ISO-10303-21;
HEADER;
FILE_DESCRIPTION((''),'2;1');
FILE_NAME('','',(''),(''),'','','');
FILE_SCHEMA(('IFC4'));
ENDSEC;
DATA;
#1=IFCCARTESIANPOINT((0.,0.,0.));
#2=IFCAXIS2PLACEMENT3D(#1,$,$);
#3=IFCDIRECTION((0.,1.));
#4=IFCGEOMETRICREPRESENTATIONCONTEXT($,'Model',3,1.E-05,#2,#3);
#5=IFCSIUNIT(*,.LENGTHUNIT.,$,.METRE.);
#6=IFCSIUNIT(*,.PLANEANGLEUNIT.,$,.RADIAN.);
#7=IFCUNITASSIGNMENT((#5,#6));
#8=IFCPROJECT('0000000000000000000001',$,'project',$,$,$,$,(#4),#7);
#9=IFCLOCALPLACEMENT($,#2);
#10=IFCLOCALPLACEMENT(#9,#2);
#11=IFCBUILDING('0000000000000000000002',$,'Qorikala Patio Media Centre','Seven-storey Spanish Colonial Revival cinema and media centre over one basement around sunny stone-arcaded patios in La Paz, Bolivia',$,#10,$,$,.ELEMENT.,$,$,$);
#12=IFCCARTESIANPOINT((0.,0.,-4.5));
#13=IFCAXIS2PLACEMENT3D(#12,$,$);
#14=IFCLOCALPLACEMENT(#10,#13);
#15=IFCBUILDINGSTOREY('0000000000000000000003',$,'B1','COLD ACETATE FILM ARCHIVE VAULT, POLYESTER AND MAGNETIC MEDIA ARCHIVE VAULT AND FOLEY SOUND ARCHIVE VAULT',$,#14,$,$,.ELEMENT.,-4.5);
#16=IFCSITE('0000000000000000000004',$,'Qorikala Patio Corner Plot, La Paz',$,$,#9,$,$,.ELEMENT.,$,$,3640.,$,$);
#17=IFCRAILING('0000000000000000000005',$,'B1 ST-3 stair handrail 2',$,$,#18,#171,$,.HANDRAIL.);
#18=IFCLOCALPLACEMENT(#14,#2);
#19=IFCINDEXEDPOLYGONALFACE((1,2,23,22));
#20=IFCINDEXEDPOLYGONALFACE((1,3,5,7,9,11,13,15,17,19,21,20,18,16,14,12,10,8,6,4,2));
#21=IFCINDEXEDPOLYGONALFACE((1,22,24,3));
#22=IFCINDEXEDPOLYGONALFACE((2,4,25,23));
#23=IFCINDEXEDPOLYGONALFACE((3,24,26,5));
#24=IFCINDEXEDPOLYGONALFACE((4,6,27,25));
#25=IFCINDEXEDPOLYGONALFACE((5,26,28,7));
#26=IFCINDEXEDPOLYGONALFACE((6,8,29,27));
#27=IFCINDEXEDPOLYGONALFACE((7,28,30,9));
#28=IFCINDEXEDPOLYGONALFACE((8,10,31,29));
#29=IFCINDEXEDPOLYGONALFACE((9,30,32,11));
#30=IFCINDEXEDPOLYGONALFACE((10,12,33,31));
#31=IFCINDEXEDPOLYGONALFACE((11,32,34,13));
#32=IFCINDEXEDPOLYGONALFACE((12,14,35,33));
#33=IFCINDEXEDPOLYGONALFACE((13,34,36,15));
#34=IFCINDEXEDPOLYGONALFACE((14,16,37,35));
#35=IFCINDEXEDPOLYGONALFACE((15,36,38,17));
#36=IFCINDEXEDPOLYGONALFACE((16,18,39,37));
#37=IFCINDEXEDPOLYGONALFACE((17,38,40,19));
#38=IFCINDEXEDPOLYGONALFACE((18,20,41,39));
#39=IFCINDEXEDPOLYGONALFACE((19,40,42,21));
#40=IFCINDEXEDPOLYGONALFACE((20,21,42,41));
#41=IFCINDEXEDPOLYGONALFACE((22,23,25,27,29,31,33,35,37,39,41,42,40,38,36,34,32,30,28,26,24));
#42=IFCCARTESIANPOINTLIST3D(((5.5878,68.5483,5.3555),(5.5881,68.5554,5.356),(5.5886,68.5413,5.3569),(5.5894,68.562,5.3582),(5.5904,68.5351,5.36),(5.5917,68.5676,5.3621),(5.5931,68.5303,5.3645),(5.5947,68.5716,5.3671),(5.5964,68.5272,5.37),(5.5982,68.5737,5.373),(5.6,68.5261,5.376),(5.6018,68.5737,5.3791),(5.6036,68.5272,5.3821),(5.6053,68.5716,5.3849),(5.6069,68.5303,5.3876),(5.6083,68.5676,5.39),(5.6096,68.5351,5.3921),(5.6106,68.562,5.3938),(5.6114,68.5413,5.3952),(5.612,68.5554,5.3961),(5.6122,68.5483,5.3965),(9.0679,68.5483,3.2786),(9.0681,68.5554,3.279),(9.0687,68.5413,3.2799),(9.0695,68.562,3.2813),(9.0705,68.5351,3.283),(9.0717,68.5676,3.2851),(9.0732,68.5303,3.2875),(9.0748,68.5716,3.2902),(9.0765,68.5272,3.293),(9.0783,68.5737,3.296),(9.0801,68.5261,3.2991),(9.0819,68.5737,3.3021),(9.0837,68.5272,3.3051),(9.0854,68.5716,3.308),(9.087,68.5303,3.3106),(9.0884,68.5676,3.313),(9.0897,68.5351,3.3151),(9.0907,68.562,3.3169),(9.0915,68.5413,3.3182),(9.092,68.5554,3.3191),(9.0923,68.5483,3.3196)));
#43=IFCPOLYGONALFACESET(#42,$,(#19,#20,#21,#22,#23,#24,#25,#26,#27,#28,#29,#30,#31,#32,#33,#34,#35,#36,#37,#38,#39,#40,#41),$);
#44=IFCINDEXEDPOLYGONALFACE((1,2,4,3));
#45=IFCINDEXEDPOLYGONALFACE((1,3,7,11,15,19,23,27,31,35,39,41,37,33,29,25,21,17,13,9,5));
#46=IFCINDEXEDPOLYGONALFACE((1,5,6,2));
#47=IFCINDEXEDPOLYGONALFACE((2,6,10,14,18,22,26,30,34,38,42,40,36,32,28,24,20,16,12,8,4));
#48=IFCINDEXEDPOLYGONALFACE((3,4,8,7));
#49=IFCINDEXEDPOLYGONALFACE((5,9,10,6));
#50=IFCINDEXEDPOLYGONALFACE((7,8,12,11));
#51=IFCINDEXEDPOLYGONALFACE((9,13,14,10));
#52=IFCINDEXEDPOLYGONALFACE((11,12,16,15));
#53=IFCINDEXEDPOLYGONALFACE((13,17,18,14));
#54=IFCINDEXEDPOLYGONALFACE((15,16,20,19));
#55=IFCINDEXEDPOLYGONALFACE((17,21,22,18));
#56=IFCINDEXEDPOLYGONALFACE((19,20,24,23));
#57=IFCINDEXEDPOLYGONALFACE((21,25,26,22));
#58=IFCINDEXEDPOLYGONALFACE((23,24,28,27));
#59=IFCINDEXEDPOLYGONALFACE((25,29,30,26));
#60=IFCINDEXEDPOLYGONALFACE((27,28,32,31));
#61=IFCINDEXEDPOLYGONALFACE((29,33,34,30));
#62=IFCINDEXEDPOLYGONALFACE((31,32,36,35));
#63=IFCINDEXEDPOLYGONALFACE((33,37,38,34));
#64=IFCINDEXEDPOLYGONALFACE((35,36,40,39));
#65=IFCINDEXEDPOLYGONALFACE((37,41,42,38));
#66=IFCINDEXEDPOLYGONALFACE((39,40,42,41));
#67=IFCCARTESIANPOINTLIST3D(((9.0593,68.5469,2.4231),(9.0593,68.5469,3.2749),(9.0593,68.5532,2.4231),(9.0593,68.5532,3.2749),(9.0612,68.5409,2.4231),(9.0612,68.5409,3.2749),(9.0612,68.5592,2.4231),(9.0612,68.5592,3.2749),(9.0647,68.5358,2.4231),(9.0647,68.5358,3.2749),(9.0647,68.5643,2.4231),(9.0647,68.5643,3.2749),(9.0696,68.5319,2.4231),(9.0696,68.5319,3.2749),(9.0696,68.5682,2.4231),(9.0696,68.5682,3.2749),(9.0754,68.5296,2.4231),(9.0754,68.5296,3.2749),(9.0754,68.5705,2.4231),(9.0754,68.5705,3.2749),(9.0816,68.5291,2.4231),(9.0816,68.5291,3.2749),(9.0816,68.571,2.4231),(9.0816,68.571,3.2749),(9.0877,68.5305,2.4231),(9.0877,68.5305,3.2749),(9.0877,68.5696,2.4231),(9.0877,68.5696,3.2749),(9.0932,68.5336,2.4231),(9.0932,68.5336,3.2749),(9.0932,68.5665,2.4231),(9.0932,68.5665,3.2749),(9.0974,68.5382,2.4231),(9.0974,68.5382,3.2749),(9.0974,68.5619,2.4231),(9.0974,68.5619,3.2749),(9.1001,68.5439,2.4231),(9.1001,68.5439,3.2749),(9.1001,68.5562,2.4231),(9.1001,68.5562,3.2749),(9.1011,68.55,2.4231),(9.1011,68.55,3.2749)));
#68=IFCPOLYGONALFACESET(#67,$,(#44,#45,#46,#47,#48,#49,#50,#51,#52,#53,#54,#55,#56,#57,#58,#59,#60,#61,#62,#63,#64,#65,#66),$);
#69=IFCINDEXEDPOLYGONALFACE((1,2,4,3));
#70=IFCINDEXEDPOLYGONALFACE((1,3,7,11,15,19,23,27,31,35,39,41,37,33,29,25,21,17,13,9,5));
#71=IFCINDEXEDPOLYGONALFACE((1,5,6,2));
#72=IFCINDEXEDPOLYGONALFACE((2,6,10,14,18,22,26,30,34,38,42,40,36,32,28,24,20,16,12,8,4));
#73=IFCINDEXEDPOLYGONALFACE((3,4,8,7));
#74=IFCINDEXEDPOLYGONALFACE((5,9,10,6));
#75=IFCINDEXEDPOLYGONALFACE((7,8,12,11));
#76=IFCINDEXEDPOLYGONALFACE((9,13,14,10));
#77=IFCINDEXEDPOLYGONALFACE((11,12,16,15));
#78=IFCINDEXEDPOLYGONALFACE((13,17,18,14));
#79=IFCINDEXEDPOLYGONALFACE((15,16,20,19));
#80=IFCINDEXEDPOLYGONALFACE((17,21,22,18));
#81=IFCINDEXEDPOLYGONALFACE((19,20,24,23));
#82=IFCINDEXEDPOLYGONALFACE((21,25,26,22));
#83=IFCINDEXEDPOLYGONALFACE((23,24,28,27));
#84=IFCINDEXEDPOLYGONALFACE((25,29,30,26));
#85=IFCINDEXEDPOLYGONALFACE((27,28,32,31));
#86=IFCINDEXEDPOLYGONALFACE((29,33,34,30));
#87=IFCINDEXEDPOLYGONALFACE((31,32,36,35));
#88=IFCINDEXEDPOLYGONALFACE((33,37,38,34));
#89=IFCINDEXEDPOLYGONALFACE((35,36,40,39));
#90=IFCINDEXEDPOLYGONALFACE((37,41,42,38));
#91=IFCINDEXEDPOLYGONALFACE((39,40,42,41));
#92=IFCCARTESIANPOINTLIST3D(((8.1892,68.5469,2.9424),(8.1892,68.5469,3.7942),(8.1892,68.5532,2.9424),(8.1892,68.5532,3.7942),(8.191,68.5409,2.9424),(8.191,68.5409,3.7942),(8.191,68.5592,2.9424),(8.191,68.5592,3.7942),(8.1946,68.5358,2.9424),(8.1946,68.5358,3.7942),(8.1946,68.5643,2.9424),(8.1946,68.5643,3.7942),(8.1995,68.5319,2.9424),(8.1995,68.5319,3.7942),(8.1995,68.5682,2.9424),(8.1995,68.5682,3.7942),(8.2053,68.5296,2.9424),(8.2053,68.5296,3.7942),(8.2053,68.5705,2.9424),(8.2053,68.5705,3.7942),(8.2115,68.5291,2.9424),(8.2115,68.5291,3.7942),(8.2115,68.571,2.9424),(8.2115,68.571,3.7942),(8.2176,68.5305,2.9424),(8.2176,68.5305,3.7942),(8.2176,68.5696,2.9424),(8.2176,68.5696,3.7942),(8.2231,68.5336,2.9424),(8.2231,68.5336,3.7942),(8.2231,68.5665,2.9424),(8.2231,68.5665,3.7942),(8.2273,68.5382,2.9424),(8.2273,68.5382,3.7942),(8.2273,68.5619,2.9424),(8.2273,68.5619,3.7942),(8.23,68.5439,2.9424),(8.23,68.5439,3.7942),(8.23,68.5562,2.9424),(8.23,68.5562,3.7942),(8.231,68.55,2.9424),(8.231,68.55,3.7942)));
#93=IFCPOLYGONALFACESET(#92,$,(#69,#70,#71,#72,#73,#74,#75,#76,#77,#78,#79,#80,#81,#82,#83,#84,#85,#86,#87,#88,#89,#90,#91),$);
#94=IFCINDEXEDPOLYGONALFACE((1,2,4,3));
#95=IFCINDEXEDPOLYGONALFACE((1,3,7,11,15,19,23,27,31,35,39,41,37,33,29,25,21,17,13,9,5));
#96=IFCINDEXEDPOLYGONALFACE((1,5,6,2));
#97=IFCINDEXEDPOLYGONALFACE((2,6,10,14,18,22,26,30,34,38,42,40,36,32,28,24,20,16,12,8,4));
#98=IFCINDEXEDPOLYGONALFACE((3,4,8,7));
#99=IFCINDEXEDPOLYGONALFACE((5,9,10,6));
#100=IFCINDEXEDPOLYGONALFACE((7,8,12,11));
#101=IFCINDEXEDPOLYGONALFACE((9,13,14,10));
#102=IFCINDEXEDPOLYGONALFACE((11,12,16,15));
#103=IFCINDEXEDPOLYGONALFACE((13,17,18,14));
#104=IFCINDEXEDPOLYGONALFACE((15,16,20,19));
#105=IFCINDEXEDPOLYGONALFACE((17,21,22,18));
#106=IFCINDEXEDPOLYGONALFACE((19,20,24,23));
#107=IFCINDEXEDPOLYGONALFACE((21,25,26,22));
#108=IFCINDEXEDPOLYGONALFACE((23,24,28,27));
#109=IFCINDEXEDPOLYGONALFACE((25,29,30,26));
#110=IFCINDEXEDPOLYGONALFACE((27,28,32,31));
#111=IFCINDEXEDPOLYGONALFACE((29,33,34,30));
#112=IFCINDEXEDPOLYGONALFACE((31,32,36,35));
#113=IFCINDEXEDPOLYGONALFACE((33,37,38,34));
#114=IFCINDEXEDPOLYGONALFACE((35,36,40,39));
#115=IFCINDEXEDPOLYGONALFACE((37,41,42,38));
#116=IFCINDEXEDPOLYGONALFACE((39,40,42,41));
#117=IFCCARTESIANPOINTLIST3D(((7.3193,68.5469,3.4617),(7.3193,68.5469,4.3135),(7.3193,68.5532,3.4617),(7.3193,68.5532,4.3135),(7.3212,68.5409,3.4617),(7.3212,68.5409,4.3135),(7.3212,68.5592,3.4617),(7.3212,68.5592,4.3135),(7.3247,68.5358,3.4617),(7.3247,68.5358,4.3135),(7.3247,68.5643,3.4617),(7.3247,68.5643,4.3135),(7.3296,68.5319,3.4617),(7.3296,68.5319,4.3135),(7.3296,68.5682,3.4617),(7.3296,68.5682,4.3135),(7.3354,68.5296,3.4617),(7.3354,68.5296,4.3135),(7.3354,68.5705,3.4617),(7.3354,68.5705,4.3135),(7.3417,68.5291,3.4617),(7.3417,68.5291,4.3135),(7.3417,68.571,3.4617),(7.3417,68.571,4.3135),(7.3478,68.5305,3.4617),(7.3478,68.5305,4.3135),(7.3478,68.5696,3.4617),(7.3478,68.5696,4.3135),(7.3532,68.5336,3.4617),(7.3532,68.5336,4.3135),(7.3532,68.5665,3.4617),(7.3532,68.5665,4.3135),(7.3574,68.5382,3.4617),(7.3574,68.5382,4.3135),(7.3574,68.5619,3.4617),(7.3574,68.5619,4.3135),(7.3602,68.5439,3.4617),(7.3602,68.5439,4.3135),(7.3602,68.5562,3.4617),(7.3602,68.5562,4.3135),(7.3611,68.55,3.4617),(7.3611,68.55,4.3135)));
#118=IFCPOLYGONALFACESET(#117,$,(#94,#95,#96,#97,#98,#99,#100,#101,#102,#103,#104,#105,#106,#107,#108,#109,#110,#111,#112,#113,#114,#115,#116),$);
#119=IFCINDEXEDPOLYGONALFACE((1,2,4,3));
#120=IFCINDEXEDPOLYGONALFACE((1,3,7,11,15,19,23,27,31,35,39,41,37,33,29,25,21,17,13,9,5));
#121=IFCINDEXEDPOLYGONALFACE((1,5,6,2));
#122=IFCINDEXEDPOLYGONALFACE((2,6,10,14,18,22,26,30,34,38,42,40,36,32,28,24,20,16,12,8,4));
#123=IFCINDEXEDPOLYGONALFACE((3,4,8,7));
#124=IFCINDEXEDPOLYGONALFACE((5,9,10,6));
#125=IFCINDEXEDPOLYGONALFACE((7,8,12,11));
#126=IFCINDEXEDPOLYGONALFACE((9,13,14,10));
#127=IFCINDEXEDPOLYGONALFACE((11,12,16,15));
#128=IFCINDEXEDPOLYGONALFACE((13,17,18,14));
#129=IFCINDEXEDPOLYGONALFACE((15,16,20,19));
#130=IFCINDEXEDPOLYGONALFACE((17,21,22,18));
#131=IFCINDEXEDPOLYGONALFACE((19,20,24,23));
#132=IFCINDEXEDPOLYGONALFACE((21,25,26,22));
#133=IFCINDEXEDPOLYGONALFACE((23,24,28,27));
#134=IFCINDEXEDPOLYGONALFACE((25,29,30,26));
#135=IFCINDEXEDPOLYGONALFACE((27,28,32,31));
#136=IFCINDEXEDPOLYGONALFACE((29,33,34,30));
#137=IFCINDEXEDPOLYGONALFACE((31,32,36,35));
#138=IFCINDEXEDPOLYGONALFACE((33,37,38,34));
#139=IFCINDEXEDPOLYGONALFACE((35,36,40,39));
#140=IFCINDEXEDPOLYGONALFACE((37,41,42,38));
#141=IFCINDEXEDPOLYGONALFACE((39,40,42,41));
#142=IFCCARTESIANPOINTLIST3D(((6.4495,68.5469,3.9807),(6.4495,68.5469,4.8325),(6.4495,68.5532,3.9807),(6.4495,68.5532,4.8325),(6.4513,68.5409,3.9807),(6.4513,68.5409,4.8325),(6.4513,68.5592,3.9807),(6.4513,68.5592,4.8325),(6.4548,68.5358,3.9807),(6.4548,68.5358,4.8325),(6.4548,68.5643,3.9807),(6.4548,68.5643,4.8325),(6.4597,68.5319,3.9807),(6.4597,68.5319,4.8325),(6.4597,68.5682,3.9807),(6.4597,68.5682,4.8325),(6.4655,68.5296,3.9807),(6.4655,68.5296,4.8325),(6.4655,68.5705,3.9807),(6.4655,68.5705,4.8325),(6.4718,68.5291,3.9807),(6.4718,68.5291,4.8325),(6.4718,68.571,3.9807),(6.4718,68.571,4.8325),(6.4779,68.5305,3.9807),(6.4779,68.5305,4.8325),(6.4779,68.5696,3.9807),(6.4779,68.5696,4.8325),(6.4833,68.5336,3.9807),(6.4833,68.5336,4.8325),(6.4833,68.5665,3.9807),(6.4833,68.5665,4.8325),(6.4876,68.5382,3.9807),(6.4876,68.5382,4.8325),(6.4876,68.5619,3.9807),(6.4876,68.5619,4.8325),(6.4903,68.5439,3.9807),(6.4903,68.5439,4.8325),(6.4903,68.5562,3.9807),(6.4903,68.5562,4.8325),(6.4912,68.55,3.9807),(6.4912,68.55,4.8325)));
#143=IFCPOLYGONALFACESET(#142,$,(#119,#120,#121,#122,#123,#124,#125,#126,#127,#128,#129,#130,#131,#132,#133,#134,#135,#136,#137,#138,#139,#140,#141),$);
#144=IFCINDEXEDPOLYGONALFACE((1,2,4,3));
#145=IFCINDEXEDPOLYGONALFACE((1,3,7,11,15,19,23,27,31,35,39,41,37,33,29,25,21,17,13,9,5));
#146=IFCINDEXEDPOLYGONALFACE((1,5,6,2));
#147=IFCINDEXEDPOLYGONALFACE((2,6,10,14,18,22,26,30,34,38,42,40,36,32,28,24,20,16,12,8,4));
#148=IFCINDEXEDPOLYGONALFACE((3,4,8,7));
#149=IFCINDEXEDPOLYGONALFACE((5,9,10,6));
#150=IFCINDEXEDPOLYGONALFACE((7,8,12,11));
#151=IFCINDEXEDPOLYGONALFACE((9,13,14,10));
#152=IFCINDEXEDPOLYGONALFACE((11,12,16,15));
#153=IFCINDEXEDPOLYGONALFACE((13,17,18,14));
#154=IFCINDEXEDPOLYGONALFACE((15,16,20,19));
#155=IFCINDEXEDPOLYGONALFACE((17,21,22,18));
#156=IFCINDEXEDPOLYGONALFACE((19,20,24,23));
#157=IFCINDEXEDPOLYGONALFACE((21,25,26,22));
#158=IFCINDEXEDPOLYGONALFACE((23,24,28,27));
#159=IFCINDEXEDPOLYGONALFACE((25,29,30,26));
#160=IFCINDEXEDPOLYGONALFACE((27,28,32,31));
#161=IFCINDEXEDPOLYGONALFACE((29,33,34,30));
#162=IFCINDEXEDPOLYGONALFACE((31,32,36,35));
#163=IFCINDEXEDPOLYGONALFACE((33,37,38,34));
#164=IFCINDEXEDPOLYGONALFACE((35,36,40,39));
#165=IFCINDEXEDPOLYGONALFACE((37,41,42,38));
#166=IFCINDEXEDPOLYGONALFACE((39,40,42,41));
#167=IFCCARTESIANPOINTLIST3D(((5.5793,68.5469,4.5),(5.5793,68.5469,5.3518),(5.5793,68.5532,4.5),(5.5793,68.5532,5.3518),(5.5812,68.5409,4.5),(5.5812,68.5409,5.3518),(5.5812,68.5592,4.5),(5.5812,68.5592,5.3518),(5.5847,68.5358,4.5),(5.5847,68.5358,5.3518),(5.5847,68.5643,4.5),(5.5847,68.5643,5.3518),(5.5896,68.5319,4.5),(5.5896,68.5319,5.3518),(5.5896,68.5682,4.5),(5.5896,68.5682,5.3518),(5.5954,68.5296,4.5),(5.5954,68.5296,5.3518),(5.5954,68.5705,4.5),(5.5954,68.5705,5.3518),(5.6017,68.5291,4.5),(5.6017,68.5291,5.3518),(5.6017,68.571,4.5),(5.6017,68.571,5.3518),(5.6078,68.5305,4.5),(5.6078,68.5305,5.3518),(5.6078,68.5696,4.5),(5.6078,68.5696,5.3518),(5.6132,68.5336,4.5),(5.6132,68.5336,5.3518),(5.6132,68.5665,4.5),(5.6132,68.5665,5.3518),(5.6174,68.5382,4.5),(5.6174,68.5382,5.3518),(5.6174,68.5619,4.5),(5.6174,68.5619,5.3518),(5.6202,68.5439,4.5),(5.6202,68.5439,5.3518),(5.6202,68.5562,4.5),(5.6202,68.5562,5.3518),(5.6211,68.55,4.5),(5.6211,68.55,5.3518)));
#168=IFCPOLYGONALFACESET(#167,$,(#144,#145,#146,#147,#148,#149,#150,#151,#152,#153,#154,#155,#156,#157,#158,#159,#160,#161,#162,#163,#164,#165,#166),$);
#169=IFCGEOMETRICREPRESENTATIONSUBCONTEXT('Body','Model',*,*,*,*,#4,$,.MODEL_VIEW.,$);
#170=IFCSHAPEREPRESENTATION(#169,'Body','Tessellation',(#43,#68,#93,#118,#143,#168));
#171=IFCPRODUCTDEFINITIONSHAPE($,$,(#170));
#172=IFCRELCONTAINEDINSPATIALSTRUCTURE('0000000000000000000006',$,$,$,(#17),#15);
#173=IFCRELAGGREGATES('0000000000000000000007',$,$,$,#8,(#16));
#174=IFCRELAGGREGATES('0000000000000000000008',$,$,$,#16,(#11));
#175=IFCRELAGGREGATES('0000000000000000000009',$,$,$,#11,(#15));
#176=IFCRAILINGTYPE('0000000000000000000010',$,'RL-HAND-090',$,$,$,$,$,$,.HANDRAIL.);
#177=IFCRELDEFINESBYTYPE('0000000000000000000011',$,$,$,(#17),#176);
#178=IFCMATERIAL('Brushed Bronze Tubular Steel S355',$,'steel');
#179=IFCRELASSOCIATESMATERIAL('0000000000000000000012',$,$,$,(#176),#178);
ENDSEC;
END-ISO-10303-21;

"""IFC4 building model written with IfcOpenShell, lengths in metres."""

from ifc_helpers import new_model, si_unit, direction, frame, origin, origin_2d, place, context, subcontext, project, spatial, circle, extrude, material, type_object, element, save


model = new_model("IFC4")

# Units and contexts
model_context = context("Model", 3, precision=1e-05, world=origin(), true_north=direction((0.0, 1.0)))
body_context = subcontext(model_context, "Body", "Model", "MODEL_VIEW")
ifc_project = project(units=[si_unit("LENGTHUNIT", "METRE"), si_unit("PLANEANGLEUNIT", "RADIAN")], contexts=[model_context])

# Site, building, storey
site_placement = place(None, origin())
site = spatial("IfcSite", under=ifc_project, at=site_placement, Name="Qorikala Patio Corner Plot, La Paz", CompositionType="ELEMENT", RefElevation=3640.0)
building_placement = place(site_placement, origin())
building = spatial("IfcBuilding", under=site, at=building_placement, Name="Qorikala Patio Media Centre", Description="Seven-storey Spanish Colonial Revival cinema and media centre over one basement around sunny stone-arcaded patios in La Paz, Bolivia", CompositionType="ELEMENT")
storey_placement = place(building_placement, frame((0.0, 0.0, -4.5)))
storey = spatial("IfcBuildingStorey", under=building, at=storey_placement, Name="B1", Description="COLD ACETATE FILM ARCHIVE VAULT, POLYESTER AND MAGNETIC MEDIA ARCHIVE VAULT AND FOLEY SOUND ARCHIVE VAULT", CompositionType="ELEMENT", Elevation=-4.5)

# Railing
ifc_material_1 = material(Name="Brushed Bronze Tubular Steel S355", Category="steel")
railing_type_1 = type_object("IfcRailingType", Name="RL-HAND-090", PredefinedType="HANDRAIL", material=ifc_material_1)
railing_1_placement = place(storey_placement, frame((9.0801, 68.55, 2.4231)))
element("IfcRailing", 1, at=railing_1_placement, inside=storey, type_object=railing_type_1, Name="B1 ST-3 stair handrail 2", PredefinedType="HANDRAIL", context=body_context, shape_type="SweptSolid", body=[
    extrude(circle(Radius=0.0239, at=origin_2d()), frame((0.0, 0.0, 0.876), z_axis=(-0.858697, 0.0, 0.512483), x_axis=(0.0, -1.0, 0.0)), (0.0, 0.0, 1.0), 4.0527),
    extrude(circle(Radius=0.021, at=origin_2d()), origin(), (0.0, 0.0, 1.0), 0.8518),
    extrude(circle(Radius=0.021, at=origin_2d()), frame((-0.8701, 0.0, 0.5193)), (0.0, 0.0, 1.0), 0.8518),
    extrude(circle(Radius=0.021, at=origin_2d()), frame((-1.74, 0.0, 1.0386)), (0.0, 0.0, 1.0), 0.8518),
    extrude(circle(Radius=0.021, at=origin_2d()), frame((-2.6099, 0.0, 1.5576)), (0.0, 0.0, 1.0), 0.8518),
    extrude(circle(Radius=0.021, at=origin_2d()), frame((-3.48, 0.0, 2.0769)), (0.0, 0.0, 1.0), 0.8518),
])

save(model, "model.ifc")
